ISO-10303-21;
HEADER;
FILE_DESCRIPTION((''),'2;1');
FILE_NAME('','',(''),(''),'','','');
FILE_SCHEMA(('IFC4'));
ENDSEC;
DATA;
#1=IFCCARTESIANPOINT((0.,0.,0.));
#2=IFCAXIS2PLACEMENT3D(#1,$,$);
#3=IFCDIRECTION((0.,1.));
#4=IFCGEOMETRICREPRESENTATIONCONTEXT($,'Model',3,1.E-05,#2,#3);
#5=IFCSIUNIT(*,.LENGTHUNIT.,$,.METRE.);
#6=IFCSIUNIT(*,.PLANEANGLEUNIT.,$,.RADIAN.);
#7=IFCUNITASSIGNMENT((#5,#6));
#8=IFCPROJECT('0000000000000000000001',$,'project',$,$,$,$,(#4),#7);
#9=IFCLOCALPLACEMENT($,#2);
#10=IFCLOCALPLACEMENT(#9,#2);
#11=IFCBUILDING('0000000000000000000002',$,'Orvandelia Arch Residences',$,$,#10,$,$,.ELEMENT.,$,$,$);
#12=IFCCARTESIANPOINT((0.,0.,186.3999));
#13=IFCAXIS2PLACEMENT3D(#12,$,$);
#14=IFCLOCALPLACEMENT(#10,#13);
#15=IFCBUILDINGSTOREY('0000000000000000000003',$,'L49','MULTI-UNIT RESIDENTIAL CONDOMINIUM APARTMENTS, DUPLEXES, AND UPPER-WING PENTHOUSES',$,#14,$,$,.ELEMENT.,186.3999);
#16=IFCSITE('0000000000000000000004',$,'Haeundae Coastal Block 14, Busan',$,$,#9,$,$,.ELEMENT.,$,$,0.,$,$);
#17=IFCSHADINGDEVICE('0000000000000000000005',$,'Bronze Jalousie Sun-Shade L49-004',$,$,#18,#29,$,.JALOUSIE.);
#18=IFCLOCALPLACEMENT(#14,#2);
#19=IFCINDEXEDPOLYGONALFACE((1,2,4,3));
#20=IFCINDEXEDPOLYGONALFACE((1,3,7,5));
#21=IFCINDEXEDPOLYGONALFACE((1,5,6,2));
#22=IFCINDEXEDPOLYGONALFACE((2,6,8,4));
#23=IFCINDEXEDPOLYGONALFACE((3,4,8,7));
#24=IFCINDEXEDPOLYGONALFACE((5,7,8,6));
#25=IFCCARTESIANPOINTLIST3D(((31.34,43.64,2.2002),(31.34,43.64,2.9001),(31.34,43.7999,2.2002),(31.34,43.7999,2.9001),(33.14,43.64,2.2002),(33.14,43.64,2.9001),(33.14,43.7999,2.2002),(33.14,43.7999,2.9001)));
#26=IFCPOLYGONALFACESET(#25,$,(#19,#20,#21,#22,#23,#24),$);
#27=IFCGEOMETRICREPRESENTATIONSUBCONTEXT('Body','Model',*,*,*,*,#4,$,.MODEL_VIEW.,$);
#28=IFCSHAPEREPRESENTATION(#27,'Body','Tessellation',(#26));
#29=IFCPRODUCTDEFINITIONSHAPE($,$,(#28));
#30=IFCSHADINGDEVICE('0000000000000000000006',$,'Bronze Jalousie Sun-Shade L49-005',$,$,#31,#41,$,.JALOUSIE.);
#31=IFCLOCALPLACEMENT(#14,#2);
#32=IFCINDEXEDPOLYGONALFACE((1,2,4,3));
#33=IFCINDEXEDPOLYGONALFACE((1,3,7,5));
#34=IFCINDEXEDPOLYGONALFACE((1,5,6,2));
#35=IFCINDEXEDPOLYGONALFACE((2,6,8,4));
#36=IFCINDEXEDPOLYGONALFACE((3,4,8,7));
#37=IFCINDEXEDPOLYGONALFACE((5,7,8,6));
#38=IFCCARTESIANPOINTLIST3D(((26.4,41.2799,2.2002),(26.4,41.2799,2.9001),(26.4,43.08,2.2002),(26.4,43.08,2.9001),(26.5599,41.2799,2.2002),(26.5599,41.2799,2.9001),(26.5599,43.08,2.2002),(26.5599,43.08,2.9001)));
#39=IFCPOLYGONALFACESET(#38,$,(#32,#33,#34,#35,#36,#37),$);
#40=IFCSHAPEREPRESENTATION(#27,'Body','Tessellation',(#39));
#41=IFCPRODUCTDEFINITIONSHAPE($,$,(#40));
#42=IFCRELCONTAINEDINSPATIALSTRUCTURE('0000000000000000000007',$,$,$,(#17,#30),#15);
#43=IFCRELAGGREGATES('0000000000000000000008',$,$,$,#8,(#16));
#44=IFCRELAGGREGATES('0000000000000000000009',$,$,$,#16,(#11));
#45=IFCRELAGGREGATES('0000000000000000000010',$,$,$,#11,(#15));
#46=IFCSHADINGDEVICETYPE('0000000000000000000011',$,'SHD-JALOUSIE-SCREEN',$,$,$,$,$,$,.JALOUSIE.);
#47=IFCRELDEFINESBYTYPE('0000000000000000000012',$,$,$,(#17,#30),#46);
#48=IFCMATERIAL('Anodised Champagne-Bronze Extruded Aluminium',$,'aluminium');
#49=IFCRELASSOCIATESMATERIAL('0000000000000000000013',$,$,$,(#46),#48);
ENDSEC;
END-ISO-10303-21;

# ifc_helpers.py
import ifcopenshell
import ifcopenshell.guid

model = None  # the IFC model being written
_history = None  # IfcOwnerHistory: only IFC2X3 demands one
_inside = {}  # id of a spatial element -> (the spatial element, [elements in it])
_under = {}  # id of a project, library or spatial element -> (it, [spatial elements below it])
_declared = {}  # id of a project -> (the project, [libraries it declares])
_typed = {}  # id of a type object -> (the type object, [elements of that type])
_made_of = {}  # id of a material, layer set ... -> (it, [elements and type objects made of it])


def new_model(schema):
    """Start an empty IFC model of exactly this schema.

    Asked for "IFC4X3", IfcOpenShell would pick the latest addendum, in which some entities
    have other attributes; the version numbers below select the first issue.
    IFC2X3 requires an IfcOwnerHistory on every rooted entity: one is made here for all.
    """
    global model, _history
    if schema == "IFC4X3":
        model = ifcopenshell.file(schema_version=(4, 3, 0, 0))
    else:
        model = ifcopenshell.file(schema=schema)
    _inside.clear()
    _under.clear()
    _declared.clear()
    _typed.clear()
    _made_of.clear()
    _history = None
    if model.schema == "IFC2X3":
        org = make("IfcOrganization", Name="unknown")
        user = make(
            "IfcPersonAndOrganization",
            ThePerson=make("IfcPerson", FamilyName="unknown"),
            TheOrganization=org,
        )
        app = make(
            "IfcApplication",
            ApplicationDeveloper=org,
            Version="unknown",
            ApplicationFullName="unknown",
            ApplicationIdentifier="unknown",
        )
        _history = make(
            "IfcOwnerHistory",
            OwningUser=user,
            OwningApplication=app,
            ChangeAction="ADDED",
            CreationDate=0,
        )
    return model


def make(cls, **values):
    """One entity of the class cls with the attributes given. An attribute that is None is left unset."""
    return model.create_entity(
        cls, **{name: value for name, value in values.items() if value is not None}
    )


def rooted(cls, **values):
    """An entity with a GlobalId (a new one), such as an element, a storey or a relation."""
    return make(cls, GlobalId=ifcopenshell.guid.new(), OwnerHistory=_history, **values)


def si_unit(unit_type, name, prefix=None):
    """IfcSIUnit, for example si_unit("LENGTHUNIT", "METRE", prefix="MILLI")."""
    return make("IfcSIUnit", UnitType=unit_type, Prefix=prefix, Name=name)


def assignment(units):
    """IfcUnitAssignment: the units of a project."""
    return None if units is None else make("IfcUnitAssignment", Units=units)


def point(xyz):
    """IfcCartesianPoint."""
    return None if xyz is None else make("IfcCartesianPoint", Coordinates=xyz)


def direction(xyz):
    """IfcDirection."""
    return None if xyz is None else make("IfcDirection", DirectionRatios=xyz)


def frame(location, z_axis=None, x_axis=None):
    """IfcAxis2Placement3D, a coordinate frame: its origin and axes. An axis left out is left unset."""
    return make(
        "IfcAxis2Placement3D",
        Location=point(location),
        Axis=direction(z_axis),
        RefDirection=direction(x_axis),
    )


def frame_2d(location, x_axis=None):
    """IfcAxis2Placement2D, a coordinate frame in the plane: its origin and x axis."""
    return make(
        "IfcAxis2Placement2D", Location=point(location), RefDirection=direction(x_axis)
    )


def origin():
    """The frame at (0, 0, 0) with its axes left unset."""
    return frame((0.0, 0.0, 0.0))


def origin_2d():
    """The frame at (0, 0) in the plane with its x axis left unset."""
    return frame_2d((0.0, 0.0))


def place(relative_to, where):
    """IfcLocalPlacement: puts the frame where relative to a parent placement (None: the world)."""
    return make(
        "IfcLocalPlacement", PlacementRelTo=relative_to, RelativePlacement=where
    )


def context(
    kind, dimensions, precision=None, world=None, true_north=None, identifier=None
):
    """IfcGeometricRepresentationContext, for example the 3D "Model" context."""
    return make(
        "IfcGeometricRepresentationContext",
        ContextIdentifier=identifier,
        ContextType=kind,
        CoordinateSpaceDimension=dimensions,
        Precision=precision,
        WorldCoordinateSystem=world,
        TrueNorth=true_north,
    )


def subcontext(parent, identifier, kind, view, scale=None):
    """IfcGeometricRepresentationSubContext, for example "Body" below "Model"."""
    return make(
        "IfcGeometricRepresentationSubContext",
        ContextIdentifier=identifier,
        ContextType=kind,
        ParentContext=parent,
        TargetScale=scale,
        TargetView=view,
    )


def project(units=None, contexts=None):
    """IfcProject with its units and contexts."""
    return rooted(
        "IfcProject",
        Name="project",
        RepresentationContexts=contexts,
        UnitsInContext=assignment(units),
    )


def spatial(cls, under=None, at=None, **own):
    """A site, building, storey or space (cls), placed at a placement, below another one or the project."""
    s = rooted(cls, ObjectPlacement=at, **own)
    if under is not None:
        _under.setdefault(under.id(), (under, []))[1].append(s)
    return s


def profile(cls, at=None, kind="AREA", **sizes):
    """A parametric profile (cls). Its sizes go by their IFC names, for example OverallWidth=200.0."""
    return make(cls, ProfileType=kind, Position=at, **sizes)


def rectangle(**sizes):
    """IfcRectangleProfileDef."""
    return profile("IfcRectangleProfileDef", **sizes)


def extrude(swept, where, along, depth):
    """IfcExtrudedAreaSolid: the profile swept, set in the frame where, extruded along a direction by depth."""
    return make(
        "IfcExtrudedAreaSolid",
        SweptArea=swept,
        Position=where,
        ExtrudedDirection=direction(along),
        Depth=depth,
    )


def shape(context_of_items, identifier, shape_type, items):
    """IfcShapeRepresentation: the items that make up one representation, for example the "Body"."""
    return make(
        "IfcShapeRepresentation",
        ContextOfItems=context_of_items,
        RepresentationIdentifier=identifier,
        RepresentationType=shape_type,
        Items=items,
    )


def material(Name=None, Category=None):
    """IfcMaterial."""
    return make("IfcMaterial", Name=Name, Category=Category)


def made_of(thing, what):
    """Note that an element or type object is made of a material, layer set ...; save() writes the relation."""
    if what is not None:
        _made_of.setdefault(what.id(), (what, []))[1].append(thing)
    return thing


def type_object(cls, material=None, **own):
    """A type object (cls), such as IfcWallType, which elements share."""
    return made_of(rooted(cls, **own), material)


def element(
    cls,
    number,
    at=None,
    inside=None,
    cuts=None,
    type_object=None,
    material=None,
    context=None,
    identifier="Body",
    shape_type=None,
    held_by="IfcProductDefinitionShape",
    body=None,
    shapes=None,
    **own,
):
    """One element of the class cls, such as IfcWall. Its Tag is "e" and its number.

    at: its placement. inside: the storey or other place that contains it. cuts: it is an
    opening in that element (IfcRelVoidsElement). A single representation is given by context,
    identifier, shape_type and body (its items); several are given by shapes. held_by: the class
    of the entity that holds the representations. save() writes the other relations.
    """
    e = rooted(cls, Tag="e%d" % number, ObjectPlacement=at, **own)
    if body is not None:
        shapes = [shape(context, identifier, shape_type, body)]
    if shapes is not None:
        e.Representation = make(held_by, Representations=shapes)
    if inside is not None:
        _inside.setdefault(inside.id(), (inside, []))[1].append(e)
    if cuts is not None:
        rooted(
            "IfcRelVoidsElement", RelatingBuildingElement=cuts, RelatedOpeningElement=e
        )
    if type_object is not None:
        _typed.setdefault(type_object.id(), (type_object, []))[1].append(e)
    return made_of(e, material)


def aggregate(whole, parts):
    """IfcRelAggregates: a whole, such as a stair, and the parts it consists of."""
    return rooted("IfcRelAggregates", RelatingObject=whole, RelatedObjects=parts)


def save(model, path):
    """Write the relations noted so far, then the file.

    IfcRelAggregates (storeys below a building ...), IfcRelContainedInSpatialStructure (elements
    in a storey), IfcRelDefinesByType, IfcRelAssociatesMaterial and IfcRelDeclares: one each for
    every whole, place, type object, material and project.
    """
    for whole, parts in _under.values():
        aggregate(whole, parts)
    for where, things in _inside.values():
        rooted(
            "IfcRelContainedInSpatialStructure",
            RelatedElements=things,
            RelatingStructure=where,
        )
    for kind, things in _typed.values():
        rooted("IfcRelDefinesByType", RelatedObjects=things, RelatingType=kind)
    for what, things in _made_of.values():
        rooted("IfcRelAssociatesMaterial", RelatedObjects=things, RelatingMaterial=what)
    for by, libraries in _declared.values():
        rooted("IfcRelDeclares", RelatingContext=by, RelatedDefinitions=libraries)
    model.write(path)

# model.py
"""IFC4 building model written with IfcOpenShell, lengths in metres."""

from ifc_helpers import new_model, si_unit, direction, frame, origin, origin_2d, place, context, subcontext, project, spatial, rectangle, extrude, material, type_object, element, save


model = new_model("IFC4")

# Units and contexts
model_context = context("Model", 3, precision=1e-05, world=origin(), true_north=direction((0.0, 1.0)))
body_context = subcontext(model_context, "Body", "Model", "MODEL_VIEW")
ifc_project = project(units=[si_unit("LENGTHUNIT", "METRE"), si_unit("PLANEANGLEUNIT", "RADIAN")], contexts=[model_context])

# Site, building, storey
site_placement = place(None, origin())
site = spatial("IfcSite", under=ifc_project, at=site_placement, Name="Haeundae Coastal Block 14, Busan", CompositionType="ELEMENT", RefElevation=0.0)
building_placement = place(site_placement, origin())
building = spatial("IfcBuilding", under=site, at=building_placement, Name="Orvandelia Arch Residences", CompositionType="ELEMENT")
storey_placement = place(building_placement, frame((0.0, 0.0, 186.3999)))
storey = spatial("IfcBuildingStorey", under=building, at=storey_placement, Name="L49", Description="MULTI-UNIT RESIDENTIAL CONDOMINIUM APARTMENTS, DUPLEXES, AND UPPER-WING PENTHOUSES", CompositionType="ELEMENT", Elevation=186.3999)

# Shading devices
ifc_material_1 = material(Name="Anodised Champagne-Bronze Extruded Aluminium", Category="aluminium")
shading_device_type = type_object("IfcShadingDeviceType", Name="SHD-JALOUSIE-SCREEN", PredefinedType="JALOUSIE", material=ifc_material_1)
for number, where, z_axis, x_axis, name in (
    (1, (32.24, 43.72, 2.2002), (0.0, 0.0, 1.0), (-1.0, 0.0, 0.0), "Bronze Jalousie Sun-Shade L49-004"),
    (2, (26.48, 42.1799, 2.2002), (0.0, 0.0, 1.0), (0.0, -1.0, 0.0), "Bronze Jalousie Sun-Shade L49-005"),
):
    element("IfcShadingDevice", number, at=place(storey_placement, frame(where, z_axis=z_axis, x_axis=x_axis)), inside=storey, type_object=shading_device_type, Name=name, PredefinedType="JALOUSIE", context=body_context, shape_type="SweptSolid", body=[
        extrude(rectangle(XDim=1.8, YDim=0.1599, at=origin_2d()), origin(), (0.0, 0.0, 1.0), 0.7),
    ])

save(model, "model.ifc")
